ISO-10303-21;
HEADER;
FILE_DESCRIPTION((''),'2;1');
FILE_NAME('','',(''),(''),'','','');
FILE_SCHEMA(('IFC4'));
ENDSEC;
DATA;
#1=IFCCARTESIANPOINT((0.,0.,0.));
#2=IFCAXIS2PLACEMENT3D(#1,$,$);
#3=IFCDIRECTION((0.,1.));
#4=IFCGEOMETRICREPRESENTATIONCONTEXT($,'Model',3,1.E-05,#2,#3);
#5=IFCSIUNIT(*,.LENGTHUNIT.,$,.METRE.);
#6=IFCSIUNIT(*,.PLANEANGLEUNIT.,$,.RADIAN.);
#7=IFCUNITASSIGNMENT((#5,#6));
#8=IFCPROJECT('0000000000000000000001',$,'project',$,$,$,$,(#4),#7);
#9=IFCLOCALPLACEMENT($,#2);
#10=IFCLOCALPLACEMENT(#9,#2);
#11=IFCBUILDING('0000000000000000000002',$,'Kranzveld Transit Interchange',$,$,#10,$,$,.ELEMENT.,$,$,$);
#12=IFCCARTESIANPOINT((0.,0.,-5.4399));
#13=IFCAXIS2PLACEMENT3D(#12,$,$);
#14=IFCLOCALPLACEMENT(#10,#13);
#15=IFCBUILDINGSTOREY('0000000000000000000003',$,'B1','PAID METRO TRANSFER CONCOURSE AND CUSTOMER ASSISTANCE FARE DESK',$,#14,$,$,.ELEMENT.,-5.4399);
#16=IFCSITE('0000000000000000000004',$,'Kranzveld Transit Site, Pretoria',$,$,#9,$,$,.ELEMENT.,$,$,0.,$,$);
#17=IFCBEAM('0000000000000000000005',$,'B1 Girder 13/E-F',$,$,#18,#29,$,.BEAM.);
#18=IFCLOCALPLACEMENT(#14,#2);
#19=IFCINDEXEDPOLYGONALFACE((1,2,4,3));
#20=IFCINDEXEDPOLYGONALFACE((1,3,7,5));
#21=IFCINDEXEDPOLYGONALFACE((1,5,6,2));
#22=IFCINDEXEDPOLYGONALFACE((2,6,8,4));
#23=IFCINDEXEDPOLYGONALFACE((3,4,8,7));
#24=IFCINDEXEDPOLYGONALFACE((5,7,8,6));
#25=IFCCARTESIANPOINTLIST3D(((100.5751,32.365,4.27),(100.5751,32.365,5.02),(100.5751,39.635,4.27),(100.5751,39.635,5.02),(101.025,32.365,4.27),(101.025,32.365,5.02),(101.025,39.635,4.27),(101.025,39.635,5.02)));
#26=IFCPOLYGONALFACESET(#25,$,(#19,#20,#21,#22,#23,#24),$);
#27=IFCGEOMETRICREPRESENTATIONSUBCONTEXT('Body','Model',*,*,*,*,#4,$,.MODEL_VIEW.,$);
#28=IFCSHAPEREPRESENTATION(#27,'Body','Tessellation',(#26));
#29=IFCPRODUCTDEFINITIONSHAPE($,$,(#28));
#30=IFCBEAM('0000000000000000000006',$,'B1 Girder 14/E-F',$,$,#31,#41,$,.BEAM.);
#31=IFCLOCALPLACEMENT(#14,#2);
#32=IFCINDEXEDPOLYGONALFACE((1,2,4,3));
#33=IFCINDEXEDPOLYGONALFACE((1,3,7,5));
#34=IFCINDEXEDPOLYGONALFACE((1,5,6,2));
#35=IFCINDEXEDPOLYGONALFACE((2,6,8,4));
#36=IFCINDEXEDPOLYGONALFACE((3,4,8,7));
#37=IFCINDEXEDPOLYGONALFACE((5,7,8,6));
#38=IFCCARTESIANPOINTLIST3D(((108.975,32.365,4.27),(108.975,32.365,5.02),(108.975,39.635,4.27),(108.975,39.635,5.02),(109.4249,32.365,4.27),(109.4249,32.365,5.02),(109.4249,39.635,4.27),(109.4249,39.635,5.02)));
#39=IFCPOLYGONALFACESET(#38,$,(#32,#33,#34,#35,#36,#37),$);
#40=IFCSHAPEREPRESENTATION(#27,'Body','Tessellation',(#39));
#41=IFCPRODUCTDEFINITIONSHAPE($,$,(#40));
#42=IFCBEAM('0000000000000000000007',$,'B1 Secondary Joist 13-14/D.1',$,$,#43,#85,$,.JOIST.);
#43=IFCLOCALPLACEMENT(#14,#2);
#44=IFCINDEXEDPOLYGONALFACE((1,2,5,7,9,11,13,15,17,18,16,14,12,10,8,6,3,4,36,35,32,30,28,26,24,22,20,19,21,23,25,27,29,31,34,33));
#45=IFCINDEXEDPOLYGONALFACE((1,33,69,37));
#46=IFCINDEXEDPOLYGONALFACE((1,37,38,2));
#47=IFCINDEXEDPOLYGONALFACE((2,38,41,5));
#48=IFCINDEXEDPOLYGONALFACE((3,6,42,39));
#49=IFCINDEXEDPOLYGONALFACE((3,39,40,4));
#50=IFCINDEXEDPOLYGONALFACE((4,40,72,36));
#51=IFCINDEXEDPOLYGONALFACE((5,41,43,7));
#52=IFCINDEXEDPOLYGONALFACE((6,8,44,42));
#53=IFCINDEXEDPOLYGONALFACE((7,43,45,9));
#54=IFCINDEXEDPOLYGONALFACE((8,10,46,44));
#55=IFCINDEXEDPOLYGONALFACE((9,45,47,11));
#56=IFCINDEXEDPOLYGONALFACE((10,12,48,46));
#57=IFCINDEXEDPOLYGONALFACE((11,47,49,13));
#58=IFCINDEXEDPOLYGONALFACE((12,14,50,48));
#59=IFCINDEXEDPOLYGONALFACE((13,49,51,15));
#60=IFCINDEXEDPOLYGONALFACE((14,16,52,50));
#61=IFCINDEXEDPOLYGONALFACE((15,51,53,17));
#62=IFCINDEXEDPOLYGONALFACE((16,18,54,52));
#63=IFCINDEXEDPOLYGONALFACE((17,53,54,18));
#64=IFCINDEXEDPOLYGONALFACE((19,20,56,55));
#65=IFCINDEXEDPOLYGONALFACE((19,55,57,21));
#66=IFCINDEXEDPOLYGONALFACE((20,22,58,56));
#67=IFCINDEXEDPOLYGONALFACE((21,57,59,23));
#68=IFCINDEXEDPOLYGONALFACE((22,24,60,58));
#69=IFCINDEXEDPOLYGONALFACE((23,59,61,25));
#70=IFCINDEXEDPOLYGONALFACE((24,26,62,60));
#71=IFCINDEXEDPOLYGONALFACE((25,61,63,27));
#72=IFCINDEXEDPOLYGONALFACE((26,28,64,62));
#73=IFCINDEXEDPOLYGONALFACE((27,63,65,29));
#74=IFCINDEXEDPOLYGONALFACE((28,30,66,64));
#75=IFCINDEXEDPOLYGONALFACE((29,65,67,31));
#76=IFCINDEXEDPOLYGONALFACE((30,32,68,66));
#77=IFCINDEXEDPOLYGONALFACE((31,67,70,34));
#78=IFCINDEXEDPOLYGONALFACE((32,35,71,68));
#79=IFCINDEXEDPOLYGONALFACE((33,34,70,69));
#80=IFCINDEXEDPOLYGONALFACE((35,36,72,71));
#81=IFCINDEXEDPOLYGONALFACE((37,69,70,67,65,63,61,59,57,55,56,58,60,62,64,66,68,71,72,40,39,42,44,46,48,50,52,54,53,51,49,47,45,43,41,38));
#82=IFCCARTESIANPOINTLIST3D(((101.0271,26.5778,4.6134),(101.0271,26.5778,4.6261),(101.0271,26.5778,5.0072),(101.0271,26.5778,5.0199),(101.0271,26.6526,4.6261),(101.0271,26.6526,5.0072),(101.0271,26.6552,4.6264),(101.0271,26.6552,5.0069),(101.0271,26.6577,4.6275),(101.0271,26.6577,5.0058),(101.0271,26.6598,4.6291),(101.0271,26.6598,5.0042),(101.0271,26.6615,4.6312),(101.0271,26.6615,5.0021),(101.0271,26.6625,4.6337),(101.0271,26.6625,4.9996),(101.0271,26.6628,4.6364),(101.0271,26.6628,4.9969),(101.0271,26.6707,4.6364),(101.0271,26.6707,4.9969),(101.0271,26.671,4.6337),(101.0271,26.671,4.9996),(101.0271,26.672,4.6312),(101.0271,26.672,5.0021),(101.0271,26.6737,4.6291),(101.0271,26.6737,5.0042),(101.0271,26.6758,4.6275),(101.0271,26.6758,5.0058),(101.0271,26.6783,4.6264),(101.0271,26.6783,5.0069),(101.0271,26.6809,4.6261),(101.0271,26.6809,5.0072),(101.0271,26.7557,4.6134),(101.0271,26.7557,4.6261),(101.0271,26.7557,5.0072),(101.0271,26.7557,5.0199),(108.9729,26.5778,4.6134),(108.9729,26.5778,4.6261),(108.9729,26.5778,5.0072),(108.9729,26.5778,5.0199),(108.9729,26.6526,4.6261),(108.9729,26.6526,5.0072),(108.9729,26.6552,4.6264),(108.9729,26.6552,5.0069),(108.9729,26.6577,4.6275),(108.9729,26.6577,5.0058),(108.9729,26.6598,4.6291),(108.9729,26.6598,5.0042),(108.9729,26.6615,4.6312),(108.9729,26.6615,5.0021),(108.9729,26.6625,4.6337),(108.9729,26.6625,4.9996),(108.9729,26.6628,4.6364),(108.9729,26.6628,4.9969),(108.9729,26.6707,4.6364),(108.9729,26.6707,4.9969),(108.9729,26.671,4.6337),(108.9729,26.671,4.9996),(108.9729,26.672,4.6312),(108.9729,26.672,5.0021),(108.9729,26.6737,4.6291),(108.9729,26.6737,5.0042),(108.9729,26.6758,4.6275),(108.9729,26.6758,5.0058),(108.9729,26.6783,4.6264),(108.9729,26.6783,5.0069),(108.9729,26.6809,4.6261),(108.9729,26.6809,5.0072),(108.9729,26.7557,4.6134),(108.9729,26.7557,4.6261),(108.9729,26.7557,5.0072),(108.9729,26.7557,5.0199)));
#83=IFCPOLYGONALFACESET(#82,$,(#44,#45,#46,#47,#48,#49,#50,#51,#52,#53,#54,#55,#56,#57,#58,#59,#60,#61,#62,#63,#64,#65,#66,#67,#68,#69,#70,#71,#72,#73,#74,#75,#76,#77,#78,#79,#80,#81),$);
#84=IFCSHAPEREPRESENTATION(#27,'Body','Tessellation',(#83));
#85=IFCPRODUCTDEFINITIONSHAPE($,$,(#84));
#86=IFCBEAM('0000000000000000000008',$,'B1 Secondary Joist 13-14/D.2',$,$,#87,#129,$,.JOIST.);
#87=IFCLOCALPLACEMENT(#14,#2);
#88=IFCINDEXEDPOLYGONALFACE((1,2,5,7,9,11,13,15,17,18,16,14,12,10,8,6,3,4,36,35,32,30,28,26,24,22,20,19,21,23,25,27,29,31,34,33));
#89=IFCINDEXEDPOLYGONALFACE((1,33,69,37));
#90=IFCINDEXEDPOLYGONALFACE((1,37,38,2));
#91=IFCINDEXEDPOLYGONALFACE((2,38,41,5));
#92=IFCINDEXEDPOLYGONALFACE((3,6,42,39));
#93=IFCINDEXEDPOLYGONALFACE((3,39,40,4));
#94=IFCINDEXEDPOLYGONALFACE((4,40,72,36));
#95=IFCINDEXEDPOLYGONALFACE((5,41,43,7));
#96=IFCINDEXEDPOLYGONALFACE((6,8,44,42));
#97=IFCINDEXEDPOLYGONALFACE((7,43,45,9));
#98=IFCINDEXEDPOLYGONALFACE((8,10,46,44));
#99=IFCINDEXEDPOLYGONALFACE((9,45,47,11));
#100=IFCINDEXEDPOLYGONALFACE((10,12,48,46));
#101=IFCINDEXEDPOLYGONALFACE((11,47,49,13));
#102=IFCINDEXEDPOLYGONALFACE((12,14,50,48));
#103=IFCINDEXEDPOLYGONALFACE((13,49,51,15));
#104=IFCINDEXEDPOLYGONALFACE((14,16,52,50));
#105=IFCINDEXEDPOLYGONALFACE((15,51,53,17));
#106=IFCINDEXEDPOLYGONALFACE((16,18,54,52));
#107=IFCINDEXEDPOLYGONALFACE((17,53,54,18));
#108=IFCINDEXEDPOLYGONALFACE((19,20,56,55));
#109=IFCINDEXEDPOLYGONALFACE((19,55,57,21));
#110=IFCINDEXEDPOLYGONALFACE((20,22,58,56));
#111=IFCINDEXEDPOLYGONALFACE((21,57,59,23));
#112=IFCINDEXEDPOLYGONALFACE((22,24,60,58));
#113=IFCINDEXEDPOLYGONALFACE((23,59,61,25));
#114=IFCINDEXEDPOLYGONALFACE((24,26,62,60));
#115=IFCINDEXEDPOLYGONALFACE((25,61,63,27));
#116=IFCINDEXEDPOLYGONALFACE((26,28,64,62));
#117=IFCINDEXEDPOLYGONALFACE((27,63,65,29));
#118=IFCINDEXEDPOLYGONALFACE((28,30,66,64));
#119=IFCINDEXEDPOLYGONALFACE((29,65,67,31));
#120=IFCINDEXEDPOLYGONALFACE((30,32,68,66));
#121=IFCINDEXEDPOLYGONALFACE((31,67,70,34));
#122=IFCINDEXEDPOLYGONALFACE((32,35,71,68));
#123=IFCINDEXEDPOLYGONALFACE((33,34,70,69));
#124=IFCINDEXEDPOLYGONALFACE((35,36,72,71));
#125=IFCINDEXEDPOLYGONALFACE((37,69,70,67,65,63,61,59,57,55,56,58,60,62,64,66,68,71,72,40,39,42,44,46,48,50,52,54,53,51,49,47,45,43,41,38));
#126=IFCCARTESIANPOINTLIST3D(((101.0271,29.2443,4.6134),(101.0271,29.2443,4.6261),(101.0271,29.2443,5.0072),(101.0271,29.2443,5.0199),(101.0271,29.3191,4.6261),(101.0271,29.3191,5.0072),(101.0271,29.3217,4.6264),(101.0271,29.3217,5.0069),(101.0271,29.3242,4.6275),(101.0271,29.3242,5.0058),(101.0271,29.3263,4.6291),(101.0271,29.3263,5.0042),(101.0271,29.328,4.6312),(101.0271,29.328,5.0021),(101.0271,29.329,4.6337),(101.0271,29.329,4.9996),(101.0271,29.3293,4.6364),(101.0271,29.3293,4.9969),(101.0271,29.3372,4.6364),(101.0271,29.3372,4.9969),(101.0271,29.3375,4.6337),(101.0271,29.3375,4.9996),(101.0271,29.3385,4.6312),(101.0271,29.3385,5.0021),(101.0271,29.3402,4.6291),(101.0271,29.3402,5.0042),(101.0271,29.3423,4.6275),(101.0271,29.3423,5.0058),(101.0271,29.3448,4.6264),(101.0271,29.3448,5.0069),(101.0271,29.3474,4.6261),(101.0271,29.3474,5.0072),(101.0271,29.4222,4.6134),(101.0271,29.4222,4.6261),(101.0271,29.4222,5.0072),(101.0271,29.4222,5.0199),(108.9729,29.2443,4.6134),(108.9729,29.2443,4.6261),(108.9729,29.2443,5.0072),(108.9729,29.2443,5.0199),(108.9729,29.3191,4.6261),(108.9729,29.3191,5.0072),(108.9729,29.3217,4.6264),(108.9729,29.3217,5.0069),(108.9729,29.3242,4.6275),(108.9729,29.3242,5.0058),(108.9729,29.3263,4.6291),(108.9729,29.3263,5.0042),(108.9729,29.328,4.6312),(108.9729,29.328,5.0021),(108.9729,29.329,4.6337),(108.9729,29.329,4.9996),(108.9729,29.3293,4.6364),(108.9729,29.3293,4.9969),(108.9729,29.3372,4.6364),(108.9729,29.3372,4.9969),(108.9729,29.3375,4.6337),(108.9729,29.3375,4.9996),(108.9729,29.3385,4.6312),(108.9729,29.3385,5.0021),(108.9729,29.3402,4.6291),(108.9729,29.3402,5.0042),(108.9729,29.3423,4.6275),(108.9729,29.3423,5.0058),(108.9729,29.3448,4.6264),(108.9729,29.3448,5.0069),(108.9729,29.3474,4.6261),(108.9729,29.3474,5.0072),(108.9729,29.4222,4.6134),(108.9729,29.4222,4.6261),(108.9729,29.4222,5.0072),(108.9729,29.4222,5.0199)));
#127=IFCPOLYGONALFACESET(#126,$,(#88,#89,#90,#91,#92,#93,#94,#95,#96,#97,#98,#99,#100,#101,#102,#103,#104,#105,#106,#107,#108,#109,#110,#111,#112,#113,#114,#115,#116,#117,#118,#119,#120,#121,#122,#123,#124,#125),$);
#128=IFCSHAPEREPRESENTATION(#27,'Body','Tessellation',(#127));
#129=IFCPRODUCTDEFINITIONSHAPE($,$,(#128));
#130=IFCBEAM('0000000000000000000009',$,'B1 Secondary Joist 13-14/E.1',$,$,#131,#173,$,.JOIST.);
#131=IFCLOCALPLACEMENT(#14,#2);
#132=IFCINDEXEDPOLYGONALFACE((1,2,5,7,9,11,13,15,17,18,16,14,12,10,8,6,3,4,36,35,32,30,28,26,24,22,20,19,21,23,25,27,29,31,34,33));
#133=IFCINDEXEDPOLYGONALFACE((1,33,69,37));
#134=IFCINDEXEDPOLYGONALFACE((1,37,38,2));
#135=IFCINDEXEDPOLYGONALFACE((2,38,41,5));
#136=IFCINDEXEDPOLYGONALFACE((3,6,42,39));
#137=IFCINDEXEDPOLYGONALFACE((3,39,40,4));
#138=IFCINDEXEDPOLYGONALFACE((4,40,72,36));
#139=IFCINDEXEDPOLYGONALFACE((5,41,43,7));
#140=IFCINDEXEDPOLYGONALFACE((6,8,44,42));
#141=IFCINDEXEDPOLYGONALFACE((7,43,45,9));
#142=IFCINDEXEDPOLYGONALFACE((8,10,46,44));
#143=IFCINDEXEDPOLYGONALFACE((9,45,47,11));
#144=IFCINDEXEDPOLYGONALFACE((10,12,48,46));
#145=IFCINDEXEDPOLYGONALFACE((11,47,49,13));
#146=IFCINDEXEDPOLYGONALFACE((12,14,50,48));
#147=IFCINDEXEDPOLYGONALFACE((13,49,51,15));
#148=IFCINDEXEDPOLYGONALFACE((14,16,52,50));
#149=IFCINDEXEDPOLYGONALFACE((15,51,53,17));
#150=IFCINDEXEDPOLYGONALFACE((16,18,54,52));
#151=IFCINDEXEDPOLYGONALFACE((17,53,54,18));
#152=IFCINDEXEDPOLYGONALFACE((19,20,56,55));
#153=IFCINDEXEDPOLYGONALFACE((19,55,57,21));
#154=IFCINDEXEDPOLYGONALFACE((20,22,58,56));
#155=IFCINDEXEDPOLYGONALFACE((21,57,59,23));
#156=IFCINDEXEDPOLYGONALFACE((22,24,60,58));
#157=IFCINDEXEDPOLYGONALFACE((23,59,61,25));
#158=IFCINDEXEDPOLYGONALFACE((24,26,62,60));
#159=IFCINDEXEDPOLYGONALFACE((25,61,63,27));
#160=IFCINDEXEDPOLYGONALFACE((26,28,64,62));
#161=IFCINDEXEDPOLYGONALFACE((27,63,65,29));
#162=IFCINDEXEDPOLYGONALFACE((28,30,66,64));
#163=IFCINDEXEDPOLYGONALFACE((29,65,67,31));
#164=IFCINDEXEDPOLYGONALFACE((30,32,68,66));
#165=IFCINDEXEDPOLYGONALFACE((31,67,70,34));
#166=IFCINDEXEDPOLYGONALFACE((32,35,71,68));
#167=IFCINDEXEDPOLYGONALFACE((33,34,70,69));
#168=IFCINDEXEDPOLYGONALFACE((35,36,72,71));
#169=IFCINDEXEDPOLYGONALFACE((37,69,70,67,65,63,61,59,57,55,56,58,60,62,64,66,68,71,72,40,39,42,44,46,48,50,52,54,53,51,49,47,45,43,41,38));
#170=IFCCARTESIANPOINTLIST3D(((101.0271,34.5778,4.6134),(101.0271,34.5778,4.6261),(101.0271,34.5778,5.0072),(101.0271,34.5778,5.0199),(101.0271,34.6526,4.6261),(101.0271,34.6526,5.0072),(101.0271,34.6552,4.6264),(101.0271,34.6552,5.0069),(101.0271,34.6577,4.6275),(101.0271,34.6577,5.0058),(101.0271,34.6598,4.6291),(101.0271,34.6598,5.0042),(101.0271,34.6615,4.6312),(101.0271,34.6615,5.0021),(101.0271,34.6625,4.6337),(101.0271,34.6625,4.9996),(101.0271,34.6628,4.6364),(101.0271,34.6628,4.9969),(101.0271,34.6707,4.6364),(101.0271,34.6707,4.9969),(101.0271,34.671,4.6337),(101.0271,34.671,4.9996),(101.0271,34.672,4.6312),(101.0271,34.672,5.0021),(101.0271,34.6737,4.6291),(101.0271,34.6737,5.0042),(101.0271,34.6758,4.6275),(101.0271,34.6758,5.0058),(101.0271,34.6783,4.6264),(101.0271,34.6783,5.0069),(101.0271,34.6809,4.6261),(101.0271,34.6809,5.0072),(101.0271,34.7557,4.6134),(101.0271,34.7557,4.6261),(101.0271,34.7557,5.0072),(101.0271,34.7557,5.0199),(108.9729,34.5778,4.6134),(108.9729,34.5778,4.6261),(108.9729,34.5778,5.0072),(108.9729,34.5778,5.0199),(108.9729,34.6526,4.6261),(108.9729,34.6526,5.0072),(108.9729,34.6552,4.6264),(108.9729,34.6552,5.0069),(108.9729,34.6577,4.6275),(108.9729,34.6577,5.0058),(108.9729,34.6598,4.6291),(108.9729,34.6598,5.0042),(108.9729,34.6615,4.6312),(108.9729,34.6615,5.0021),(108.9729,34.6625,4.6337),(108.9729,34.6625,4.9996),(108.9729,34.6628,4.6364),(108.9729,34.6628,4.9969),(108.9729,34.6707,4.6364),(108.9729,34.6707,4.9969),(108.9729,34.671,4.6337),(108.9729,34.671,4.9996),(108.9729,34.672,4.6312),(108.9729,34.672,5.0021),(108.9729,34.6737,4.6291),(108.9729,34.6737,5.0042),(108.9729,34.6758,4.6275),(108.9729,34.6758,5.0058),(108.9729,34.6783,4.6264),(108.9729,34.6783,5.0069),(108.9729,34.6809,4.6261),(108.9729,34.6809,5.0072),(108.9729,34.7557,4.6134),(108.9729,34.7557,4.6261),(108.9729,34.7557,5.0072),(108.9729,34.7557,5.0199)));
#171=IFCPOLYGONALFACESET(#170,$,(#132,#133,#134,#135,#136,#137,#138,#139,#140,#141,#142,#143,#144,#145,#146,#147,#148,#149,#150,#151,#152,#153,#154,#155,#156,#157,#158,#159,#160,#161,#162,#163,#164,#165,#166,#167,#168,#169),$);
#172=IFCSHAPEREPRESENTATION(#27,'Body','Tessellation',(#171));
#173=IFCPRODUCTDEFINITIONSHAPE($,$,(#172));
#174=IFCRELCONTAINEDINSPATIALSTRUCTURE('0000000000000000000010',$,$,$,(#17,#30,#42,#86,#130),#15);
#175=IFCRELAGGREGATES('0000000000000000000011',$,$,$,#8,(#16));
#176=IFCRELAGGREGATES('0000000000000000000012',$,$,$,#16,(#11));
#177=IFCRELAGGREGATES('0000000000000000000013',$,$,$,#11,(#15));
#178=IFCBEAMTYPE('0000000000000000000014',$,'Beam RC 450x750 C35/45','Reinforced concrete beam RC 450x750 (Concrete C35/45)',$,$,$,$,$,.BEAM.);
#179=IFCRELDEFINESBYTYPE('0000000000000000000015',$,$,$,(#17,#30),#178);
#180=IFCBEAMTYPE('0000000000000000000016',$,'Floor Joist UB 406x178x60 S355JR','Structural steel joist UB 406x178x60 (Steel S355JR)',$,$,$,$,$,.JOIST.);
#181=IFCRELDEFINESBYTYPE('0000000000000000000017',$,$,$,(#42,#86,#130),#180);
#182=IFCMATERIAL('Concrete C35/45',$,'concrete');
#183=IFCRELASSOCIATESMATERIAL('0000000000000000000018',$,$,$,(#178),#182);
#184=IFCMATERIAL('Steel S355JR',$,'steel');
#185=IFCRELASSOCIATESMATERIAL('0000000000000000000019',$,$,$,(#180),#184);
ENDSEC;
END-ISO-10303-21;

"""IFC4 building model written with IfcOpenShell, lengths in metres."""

from ifc_helpers import new_model, si_unit, direction, frame, origin, origin_2d, place, context, subcontext, project, spatial, rectangle, i_section, extrude, material, material_profile, profile_set, type_object, element, save


model = new_model("IFC4")

# Units and contexts
model_context = context("Model", 3, precision=1e-05, world=origin(), true_north=direction((0.0, 1.0)))
body_context = subcontext(model_context, "Body", "Model", "MODEL_VIEW")
ifc_project = project(units=[si_unit("LENGTHUNIT", "METRE"), si_unit("PLANEANGLEUNIT", "RADIAN")], contexts=[model_context])

# Site, building, storey
site_placement = place(None, origin())
site = spatial("IfcSite", under=ifc_project, at=site_placement, Name="Kranzveld Transit Site, Pretoria", CompositionType="ELEMENT", RefElevation=0.0)
building_placement = place(site_placement, origin())
building = spatial("IfcBuilding", under=site, at=building_placement, Name="Kranzveld Transit Interchange", CompositionType="ELEMENT")
storey_placement = place(building_placement, frame((0.0, 0.0, -5.4399)))
storey = spatial("IfcBuildingStorey", under=building, at=storey_placement, Name="B1", Description="PAID METRO TRANSFER CONCOURSE AND CUSTOMER ASSISTANCE FARE DESK", CompositionType="ELEMENT", Elevation=-5.4399)

# Beams
ifc_material_1 = material(Name="Concrete C35/45", Category="concrete")
ifc_material_profile_1 = material_profile(ifc_material_1, rectangle(XDim=0.45, YDim=0.75, at=origin_2d()), Name="RC 450x750")
ifc_profile_set_1 = profile_set([ifc_material_profile_1], Name="Concrete C35/45")
beam_type_1 = type_object("IfcBeamType", Name="Beam RC 450x750 C35/45", Description="Reinforced concrete beam RC 450x750 (Concrete C35/45)", PredefinedType="BEAM", material=ifc_profile_set_1)
for number, where, z_axis, x_axis, name in (
    (1, (100.8, 32.365, 4.645), (0.0, 1.0, 0.0), (-1.0, 0.0, 0.0), "B1 Girder 13/E-F"),
    (2, (109.2, 32.365, 4.645), (0.0, 1.0, 0.0), (-1.0, 0.0, 0.0), "B1 Girder 14/E-F"),
):
    element("IfcBeam", number, at=place(storey_placement, frame(where, z_axis=z_axis, x_axis=x_axis)), inside=storey, type_object=beam_type_1, Name=name, PredefinedType="BEAM", context=body_context, shape_type="SweptSolid", body=[
        extrude(rectangle(XDim=0.45, YDim=0.75, at=origin_2d()), origin(), (0.0, 0.0, 1.0), 7.27),
    ])
ifc_material_2 = material(Name="Steel S355JR", Category="steel")
ifc_material_profile_2 = material_profile(ifc_material_2, i_section(OverallWidth=0.178, OverallDepth=0.4065, WebThickness=0.0078, FlangeThickness=0.0127, FilletRadius=0.0103, at=origin_2d()), Name="UB 406x178x60")
ifc_profile_set_2 = profile_set([ifc_material_profile_2], Name="Steel S355JR")
beam_type_2 = type_object("IfcBeamType", Name="Floor Joist UB 406x178x60 S355JR", Description="Structural steel joist UB 406x178x60 (Steel S355JR)", PredefinedType="JOIST", material=ifc_profile_set_2)
for number, where, z_axis, x_axis, name in (
    (3, (101.0271, 26.6667, 4.8167), (1.0, 0.0, 0.0), (0.0, 1.0, 0.0), "B1 Secondary Joist 13-14/D.1"),
    (4, (101.0271, 29.3333, 4.8167), (1.0, 0.0, 0.0), (0.0, 1.0, 0.0), "B1 Secondary Joist 13-14/D.2"),
    (5, (101.0271, 34.6667, 4.8167), (1.0, 0.0, 0.0), (0.0, 1.0, 0.0), "B1 Secondary Joist 13-14/E.1"),
):
    element("IfcBeam", number, at=place(storey_placement, frame(where, z_axis=z_axis, x_axis=x_axis)), inside=storey, type_object=beam_type_2, Name=name, PredefinedType="JOIST", context=body_context, shape_type="SweptSolid", body=[
        extrude(i_section(OverallWidth=0.178, OverallDepth=0.4065, WebThickness=0.0078, FlangeThickness=0.0127, FilletRadius=0.0103, at=origin_2d()), origin(), (0.0, 0.0, 1.0), 7.9458),
    ])

save(model, "model.ifc")
